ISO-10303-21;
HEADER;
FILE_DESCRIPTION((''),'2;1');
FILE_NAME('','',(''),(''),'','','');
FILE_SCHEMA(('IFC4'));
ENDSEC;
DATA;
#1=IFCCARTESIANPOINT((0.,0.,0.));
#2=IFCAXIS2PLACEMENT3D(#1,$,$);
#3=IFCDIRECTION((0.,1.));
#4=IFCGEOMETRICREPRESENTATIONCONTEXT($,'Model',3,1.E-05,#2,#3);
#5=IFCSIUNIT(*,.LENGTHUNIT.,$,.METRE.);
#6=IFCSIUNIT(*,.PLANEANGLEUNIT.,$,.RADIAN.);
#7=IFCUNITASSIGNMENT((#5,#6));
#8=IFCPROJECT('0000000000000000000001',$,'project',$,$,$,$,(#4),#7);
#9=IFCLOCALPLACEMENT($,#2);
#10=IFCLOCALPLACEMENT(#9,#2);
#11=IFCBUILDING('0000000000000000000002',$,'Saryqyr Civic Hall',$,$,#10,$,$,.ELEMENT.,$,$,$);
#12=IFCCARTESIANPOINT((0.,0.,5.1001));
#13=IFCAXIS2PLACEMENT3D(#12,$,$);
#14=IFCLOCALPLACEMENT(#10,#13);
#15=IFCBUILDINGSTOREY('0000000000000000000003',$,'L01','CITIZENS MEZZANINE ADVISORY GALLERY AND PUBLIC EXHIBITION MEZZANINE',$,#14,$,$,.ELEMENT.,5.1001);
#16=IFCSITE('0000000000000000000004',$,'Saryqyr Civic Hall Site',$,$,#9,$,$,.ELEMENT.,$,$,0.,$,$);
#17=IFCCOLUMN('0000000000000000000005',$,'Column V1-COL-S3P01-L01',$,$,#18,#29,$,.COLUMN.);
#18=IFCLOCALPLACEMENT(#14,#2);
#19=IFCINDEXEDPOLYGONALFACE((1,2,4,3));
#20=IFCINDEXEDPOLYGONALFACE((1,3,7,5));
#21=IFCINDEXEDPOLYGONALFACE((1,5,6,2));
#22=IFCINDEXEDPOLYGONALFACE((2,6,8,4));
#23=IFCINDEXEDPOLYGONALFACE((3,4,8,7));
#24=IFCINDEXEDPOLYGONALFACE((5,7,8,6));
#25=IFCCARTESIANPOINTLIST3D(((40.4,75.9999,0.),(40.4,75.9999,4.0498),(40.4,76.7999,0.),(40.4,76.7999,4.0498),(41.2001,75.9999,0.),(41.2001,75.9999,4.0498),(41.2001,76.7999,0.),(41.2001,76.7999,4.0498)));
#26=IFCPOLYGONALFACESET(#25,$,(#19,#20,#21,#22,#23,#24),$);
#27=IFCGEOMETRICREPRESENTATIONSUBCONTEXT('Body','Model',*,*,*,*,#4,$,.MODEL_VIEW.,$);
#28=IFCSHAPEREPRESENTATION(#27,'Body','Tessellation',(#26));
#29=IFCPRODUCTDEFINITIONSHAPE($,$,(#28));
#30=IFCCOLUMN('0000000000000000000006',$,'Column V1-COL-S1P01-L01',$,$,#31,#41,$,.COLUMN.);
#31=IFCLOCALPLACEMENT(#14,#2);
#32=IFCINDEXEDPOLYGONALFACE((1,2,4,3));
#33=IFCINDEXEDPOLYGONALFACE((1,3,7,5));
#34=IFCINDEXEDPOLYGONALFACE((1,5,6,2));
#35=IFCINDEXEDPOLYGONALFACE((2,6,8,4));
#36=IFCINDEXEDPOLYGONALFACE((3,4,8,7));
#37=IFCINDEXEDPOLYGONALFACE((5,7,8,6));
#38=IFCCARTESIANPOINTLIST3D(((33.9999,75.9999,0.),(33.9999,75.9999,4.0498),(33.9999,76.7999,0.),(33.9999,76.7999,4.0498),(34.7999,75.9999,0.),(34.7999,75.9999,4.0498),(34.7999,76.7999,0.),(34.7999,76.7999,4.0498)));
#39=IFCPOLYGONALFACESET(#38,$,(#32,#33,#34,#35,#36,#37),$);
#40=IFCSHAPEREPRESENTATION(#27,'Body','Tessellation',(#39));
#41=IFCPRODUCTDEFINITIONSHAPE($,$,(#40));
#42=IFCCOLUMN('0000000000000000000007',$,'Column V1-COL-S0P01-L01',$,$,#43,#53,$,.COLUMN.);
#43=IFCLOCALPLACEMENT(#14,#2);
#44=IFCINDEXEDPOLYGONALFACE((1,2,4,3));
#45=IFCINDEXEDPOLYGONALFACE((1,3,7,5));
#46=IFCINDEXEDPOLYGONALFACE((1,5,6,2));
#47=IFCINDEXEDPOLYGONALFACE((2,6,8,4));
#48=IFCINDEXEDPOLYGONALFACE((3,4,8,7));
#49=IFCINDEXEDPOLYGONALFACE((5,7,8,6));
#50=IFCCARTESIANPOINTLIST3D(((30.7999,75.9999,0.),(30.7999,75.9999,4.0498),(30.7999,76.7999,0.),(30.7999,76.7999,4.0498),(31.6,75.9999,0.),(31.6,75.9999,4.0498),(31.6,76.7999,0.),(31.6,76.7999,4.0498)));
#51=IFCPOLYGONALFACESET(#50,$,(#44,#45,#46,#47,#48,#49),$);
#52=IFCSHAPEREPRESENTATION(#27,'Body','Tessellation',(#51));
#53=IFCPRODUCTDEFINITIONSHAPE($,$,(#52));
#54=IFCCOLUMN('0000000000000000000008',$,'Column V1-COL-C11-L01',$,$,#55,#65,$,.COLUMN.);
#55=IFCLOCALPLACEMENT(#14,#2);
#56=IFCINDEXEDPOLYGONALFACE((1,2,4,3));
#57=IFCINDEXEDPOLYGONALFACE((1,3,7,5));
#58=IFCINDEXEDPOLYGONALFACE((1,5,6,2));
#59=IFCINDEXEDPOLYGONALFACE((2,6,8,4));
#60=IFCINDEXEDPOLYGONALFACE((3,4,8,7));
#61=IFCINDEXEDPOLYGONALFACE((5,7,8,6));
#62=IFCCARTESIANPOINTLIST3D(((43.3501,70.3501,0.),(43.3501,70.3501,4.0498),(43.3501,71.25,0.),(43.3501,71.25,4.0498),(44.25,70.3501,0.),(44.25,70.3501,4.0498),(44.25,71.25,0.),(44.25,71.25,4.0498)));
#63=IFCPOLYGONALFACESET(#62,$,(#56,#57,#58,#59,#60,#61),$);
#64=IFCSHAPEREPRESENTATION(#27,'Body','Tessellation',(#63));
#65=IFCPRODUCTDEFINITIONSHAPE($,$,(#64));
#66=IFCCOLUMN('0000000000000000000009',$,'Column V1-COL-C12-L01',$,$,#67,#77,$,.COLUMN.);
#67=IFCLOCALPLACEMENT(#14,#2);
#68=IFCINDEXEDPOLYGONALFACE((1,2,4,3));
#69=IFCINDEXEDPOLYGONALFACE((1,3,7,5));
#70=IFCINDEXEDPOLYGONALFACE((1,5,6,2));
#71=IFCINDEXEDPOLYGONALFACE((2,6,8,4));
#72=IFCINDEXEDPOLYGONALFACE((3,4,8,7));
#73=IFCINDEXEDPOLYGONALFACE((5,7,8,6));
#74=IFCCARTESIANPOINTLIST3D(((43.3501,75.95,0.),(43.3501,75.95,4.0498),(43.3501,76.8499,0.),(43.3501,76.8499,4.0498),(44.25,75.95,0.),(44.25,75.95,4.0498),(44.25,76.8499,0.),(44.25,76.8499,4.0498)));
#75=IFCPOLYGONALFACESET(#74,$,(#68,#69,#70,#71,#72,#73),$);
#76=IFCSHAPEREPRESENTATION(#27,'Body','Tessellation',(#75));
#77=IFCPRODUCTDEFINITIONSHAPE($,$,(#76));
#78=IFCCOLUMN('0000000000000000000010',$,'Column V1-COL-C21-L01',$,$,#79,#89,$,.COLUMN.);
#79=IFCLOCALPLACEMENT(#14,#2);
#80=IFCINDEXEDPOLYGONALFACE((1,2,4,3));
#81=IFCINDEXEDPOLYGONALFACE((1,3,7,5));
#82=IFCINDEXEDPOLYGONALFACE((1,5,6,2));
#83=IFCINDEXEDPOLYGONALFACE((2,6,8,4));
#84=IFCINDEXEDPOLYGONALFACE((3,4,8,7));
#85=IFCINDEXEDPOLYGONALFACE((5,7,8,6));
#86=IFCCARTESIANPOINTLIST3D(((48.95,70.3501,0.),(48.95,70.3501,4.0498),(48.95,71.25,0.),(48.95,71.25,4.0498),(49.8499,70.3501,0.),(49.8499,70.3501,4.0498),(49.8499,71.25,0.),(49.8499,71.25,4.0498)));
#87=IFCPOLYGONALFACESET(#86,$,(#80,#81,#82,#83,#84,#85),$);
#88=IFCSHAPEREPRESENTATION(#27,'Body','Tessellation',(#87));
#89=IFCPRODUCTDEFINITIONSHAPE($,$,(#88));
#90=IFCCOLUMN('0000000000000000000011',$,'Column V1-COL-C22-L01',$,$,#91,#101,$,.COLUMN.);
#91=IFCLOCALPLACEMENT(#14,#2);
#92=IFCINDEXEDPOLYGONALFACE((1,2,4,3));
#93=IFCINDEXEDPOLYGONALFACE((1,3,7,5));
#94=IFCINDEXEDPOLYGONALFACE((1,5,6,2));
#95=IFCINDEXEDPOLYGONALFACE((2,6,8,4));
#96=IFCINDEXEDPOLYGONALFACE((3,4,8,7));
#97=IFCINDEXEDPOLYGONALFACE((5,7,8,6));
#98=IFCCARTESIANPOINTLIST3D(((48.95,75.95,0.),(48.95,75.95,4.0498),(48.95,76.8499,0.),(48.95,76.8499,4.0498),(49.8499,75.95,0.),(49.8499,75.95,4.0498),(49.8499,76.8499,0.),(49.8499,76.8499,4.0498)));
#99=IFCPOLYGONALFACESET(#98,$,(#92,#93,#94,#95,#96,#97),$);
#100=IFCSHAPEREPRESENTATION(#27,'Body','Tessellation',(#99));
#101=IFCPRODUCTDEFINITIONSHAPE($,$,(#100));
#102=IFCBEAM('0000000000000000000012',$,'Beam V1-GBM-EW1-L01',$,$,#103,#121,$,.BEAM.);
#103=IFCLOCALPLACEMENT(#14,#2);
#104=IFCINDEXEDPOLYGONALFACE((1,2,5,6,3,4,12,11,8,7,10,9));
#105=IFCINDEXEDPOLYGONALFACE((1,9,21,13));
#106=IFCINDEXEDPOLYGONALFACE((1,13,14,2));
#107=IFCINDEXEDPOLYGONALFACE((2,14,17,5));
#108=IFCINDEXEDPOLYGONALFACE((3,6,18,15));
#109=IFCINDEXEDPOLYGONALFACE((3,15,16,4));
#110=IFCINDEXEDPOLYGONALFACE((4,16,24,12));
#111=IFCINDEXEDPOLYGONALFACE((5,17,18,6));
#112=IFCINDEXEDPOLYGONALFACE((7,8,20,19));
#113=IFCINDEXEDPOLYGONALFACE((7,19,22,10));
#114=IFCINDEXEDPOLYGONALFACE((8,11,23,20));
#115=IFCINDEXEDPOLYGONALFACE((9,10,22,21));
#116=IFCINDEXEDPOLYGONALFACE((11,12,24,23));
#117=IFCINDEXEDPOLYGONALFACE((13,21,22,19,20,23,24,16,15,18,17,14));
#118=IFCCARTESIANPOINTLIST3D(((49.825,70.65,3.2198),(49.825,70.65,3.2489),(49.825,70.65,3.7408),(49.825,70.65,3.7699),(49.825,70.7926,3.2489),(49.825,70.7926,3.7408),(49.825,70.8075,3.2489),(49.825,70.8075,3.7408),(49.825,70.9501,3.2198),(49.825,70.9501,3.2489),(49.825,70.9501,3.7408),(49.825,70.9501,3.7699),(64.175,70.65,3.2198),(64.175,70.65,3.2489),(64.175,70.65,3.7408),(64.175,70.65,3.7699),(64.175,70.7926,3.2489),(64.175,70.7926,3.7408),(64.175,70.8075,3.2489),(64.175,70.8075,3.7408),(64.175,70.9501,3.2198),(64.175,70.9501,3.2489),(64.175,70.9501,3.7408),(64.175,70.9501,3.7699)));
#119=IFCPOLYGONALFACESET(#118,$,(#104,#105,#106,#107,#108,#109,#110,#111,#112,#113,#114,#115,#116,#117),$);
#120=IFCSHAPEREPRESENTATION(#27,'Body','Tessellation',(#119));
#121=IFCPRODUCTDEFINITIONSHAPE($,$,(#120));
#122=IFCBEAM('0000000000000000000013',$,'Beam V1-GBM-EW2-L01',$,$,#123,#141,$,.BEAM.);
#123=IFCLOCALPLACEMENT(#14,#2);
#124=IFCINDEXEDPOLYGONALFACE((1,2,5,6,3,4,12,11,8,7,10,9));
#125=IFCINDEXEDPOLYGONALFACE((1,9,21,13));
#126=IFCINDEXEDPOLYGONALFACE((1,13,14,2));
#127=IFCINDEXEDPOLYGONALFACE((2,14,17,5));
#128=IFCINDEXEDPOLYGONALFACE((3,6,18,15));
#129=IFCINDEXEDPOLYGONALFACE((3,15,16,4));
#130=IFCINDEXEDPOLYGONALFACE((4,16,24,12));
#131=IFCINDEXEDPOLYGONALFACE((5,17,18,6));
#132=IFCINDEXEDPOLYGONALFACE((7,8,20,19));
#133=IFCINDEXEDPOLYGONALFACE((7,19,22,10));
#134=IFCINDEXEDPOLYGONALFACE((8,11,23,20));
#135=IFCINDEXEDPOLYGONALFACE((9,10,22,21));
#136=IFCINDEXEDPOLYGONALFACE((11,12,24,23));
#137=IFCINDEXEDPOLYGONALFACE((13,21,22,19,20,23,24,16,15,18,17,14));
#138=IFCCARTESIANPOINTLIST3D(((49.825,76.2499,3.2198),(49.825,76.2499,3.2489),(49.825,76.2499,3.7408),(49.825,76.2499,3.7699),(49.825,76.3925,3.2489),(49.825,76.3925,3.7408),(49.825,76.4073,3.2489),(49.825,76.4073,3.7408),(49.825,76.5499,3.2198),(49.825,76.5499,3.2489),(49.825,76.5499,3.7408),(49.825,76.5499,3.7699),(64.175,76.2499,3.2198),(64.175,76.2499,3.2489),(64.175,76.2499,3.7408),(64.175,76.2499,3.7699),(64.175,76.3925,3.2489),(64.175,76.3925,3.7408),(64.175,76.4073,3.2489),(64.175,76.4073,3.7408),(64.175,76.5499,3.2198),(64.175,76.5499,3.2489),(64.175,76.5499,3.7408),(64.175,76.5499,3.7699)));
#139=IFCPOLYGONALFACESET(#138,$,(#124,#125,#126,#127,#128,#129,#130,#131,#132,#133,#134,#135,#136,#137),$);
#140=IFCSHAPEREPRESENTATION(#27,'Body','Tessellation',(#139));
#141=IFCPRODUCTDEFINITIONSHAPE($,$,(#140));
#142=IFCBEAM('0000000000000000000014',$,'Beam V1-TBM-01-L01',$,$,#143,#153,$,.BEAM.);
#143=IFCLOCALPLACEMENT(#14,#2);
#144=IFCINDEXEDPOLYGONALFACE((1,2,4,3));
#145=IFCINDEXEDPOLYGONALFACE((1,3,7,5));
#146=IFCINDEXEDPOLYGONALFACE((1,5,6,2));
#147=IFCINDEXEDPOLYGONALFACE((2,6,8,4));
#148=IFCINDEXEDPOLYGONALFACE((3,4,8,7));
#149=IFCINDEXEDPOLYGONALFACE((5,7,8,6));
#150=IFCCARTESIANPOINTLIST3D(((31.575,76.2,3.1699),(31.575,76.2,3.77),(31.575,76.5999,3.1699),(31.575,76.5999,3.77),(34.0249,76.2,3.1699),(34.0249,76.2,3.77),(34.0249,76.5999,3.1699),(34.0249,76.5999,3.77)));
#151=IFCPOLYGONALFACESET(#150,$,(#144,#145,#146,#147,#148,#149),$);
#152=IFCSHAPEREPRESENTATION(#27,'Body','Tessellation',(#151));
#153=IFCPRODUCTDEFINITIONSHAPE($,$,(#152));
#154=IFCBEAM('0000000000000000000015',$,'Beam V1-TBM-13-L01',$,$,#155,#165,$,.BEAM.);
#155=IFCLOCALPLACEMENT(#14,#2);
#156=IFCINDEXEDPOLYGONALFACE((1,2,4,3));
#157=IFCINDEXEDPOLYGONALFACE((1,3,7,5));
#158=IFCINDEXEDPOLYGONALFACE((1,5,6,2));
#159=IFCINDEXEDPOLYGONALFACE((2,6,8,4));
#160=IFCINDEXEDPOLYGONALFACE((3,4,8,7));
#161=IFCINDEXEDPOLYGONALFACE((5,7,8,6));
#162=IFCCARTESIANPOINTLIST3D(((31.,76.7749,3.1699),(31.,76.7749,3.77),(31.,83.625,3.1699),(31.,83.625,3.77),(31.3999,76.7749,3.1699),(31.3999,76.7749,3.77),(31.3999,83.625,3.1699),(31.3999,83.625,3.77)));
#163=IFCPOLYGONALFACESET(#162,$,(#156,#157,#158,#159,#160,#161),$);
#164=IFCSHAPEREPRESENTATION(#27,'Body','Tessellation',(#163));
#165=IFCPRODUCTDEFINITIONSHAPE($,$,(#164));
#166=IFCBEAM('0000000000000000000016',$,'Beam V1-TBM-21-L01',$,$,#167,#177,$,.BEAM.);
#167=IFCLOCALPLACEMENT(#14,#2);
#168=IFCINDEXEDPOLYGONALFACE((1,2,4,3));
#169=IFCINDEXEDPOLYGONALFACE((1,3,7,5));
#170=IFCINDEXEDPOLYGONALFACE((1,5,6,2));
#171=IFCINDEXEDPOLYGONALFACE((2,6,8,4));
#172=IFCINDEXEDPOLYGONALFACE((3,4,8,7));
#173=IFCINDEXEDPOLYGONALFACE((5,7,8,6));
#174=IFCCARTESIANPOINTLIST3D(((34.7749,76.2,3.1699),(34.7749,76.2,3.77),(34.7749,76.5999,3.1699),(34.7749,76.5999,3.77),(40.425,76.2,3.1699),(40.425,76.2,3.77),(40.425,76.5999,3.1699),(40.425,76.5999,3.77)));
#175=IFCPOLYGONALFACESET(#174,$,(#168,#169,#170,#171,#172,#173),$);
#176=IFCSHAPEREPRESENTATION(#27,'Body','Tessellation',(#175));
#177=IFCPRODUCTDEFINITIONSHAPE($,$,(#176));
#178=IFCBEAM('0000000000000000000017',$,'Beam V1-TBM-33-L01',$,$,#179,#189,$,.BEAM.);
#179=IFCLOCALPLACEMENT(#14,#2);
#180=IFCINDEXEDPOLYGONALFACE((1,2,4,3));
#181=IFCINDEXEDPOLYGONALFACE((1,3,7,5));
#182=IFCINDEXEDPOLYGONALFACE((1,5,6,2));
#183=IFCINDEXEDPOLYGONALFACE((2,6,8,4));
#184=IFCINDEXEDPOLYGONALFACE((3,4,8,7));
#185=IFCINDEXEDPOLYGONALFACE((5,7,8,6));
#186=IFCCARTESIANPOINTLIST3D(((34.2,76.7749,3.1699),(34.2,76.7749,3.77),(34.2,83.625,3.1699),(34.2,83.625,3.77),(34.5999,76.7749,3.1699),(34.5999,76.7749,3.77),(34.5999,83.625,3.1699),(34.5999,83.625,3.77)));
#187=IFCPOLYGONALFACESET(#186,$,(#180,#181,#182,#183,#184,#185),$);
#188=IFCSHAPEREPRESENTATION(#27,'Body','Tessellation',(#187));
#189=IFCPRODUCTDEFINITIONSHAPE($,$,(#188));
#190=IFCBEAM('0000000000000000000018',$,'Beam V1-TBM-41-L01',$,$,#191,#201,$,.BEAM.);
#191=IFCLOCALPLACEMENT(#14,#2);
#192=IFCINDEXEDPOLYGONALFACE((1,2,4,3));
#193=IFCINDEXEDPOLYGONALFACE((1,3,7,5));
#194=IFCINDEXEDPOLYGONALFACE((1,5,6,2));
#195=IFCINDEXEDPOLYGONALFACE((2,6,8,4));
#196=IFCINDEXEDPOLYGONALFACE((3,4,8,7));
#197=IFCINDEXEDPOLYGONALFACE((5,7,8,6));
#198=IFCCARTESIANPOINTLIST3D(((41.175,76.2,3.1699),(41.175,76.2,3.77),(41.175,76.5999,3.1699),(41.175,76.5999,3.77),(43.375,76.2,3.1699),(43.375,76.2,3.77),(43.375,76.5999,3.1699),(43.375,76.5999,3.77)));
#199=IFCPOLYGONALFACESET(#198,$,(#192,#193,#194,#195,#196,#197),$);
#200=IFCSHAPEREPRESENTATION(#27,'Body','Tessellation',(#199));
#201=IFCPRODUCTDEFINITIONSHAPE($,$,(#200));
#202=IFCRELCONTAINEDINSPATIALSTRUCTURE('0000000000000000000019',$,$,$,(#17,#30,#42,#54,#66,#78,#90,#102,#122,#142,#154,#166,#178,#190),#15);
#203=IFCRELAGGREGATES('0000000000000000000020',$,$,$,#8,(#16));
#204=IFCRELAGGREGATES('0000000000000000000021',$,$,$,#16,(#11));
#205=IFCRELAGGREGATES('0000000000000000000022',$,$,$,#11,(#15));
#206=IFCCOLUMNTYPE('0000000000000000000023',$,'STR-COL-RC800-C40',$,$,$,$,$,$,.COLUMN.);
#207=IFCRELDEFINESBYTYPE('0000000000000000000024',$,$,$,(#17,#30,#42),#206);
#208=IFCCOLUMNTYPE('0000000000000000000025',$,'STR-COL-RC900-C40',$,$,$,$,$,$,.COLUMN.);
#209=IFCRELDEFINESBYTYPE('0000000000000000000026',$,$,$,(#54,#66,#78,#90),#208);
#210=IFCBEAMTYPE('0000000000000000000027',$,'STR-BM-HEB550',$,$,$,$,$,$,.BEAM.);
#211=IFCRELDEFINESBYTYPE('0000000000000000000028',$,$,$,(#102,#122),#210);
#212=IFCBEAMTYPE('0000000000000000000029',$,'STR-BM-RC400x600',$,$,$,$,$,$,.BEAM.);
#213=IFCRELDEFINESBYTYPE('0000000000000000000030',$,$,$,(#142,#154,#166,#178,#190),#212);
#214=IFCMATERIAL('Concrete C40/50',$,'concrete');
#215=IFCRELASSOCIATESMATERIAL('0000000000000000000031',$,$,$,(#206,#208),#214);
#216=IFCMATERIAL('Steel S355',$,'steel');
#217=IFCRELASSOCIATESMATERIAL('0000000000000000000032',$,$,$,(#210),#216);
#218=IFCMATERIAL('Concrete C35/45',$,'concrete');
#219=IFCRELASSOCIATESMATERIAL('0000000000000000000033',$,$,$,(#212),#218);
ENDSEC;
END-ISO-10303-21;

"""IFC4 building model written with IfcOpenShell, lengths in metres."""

from ifc_helpers import new_model, si_unit, direction, frame, origin, origin_2d, place, context, subcontext, project, spatial, rectangle, i_section, extrude, material, material_profile, profile_set, type_object, element, save


model = new_model("IFC4")

# Units and contexts
model_context = context("Model", 3, precision=1e-05, world=origin(), true_north=direction((0.0, 1.0)))
body_context = subcontext(model_context, "Body", "Model", "MODEL_VIEW")
ifc_project = project(units=[si_unit("LENGTHUNIT", "METRE"), si_unit("PLANEANGLEUNIT", "RADIAN")], contexts=[model_context])

# Site, building, storey
site_placement = place(None, origin())
site = spatial("IfcSite", under=ifc_project, at=site_placement, Name="Saryqyr Civic Hall Site", CompositionType="ELEMENT", RefElevation=0.0)
building_placement = place(site_placement, origin())
building = spatial("IfcBuilding", under=site, at=building_placement, Name="Saryqyr Civic Hall", CompositionType="ELEMENT")
storey_placement = place(building_placement, frame((0.0, 0.0, 5.1001)))
storey = spatial("IfcBuildingStorey", under=building, at=storey_placement, Name="L01", Description="CITIZENS MEZZANINE ADVISORY GALLERY AND PUBLIC EXHIBITION MEZZANINE", CompositionType="ELEMENT", Elevation=5.1001)

# Columns
ifc_material_1 = material(Name="Concrete C40/50", Category="concrete")
ifc_material_profile_1 = material_profile(ifc_material_1, rectangle(XDim=0.8, YDim=0.8, at=origin_2d()), Name="RC 800x800")
ifc_profile_set_1 = profile_set([ifc_material_profile_1], Name="Concrete C40/50")
column_type_1 = type_object("IfcColumnType", Name="STR-COL-RC800-C40", PredefinedType="COLUMN", material=ifc_profile_set_1)
for number, where, z_axis, x_axis, name in (
    (1, (40.8, 76.3999, 0.0), (0.0, 0.0, 1.0), (1.0, 0.0, 0.0), "Column V1-COL-S3P01-L01"),
    (2, (34.3999, 76.3999, 0.0), (0.0, 0.0, 1.0), (1.0, 0.0, 0.0), "Column V1-COL-S1P01-L01"),
    (3, (31.2, 76.3999, 0.0), (0.0, 0.0, 1.0), (1.0, 0.0, 0.0), "Column V1-COL-S0P01-L01"),
):
    element("IfcColumn", number, at=place(storey_placement, frame(where, z_axis=z_axis, x_axis=x_axis)), inside=storey, type_object=column_type_1, Name=name, PredefinedType="COLUMN", context=body_context, shape_type="SweptSolid", body=[
        extrude(rectangle(XDim=0.8, YDim=0.8, at=origin_2d()), origin(), (0.0, 0.0, 1.0), 4.0498),
    ])
ifc_material_profile_2 = material_profile(ifc_material_1, rectangle(XDim=0.8999, YDim=0.8999, at=origin_2d()), Name="RC 900x900")
ifc_profile_set_2 = profile_set([ifc_material_profile_2], Name="Concrete C40/50")
column_type_2 = type_object("IfcColumnType", Name="STR-COL-RC900-C40", PredefinedType="COLUMN", material=ifc_profile_set_2)
for number, where, z_axis, x_axis, name in (
    (4, (43.8, 70.8, 0.0), (0.0, 0.0, 1.0), (1.0, 0.0, 0.0), "Column V1-COL-C11-L01"),
    (5, (43.8, 76.3999, 0.0), (0.0, 0.0, 1.0), (1.0, 0.0, 0.0), "Column V1-COL-C12-L01"),
    (6, (49.3999, 70.8, 0.0), (0.0, 0.0, 1.0), (1.0, 0.0, 0.0), "Column V1-COL-C21-L01"),
    (7, (49.3999, 76.3999, 0.0), (0.0, 0.0, 1.0), (1.0, 0.0, 0.0), "Column V1-COL-C22-L01"),
):
    element("IfcColumn", number, at=place(storey_placement, frame(where, z_axis=z_axis, x_axis=x_axis)), inside=storey, type_object=column_type_2, Name=name, PredefinedType="COLUMN", context=body_context, shape_type="SweptSolid", body=[
        extrude(rectangle(XDim=0.8999, YDim=0.8999, at=origin_2d()), origin(), (0.0, 0.0, 1.0), 4.0498),
    ])

# Beams
ifc_material_2 = material(Name="Steel S355", Category="steel")
ifc_material_profile_3 = material_profile(ifc_material_2, i_section(OverallWidth=0.3, OverallDepth=0.55, WebThickness=0.0149, FlangeThickness=0.0291, at=origin_2d()), Name="HEB 550")
ifc_profile_set_3 = profile_set([ifc_material_profile_3], Name="Steel S355")
beam_type_1 = type_object("IfcBeamType", Name="STR-BM-HEB550", PredefinedType="BEAM", material=ifc_profile_set_3)
for number, where, z_axis, x_axis, name in (
    (8, (49.825, 70.8, 3.4949), (1.0, 0.0, 0.0), (0.0, 1.0, 0.0), "Beam V1-GBM-EW1-L01"),
    (9, (49.825, 76.3999, 3.4949), (1.0, 0.0, 0.0), (0.0, 1.0, 0.0), "Beam V1-GBM-EW2-L01"),
):
    element("IfcBeam", number, at=place(storey_placement, frame(where, z_axis=z_axis, x_axis=x_axis)), inside=storey, type_object=beam_type_1, Name=name, PredefinedType="BEAM", context=body_context, shape_type="SweptSolid", body=[
        extrude(i_section(OverallWidth=0.3, OverallDepth=0.55, WebThickness=0.0149, FlangeThickness=0.0291, at=origin_2d()), origin(), (0.0, 0.0, 1.0), 14.3501),
    ])
ifc_material_3 = material(Name="Concrete C35/45", Category="concrete")
ifc_material_profile_4 = material_profile(ifc_material_3, rectangle(XDim=0.3999, YDim=0.6001, at=origin_2d()), Name="RC 400x600")
ifc_profile_set_4 = profile_set([ifc_material_profile_4], Name="Concrete C35/45")
beam_type_2 = type_object("IfcBeamType", Name="STR-BM-RC400x600", PredefinedType="BEAM", material=ifc_profile_set_4)
beam_1_placement = place(storey_placement, frame((31.575, 76.3999, 3.47), z_axis=(1.0, 0.0, 0.0), x_axis=(0.0, 1.0, 0.0)))
element("IfcBeam", 10, at=beam_1_placement, inside=storey, type_object=beam_type_2, Name="Beam V1-TBM-01-L01", PredefinedType="BEAM", context=body_context, shape_type="SweptSolid", body=[
    extrude(rectangle(XDim=0.3999, YDim=0.6001, at=origin_2d()), origin(), (0.0, 0.0, 1.0), 2.45),
])
beam_2_placement = place(storey_placement, frame((31.2, 76.7749, 3.47), z_axis=(0.0, 1.0, 0.0), x_axis=(-1.0, 0.0, 0.0)))
element("IfcBeam", 11, at=beam_2_placement, inside=storey, type_object=beam_type_2, Name="Beam V1-TBM-13-L01", PredefinedType="BEAM", context=body_context, shape_type="SweptSolid", body=[
    extrude(rectangle(XDim=0.3999, YDim=0.6001, at=origin_2d()), origin(), (0.0, 0.0, 1.0), 6.8501),
])
beam_3_placement = place(storey_placement, frame((34.7749, 76.3999, 3.47), z_axis=(1.0, 0.0, 0.0), x_axis=(0.0, 1.0, 0.0)))
element("IfcBeam", 12, at=beam_3_placement, inside=storey, type_object=beam_type_2, Name="Beam V1-TBM-21-L01", PredefinedType="BEAM", context=body_context, shape_type="SweptSolid", body=[
    extrude(rectangle(XDim=0.3999, YDim=0.6001, at=origin_2d()), origin(), (0.0, 0.0, 1.0), 5.6501),
])
beam_4_placement = place(storey_placement, frame((34.3999, 76.7749, 3.47), z_axis=(0.0, 1.0, 0.0), x_axis=(-1.0, 0.0, 0.0)))
element("IfcBeam", 13, at=beam_4_placement, inside=storey, type_object=beam_type_2, Name="Beam V1-TBM-33-L01", PredefinedType="BEAM", context=body_context, shape_type="SweptSolid", body=[
    extrude(rectangle(XDim=0.3999, YDim=0.6001, at=origin_2d()), origin(), (0.0, 0.0, 1.0), 6.8501),
])
for number, where, z_axis, x_axis, name in (
    (14, (41.175, 76.3999, 3.47), (1.0, 0.0, 0.0), (0.0, 1.0, 0.0), "Beam V1-TBM-41-L01"),
):
    element("IfcBeam", number, at=place(storey_placement, frame(where, z_axis=z_axis, x_axis=x_axis)), inside=storey, type_object=beam_type_2, Name=name, PredefinedType="BEAM", context=body_context, shape_type="SweptSolid", body=[
        extrude(rectangle(XDim=0.3999, YDim=0.6001, at=origin_2d()), origin(), (0.0, 0.0, 1.0), 2.2),
    ])

save(model, "model.ifc")
